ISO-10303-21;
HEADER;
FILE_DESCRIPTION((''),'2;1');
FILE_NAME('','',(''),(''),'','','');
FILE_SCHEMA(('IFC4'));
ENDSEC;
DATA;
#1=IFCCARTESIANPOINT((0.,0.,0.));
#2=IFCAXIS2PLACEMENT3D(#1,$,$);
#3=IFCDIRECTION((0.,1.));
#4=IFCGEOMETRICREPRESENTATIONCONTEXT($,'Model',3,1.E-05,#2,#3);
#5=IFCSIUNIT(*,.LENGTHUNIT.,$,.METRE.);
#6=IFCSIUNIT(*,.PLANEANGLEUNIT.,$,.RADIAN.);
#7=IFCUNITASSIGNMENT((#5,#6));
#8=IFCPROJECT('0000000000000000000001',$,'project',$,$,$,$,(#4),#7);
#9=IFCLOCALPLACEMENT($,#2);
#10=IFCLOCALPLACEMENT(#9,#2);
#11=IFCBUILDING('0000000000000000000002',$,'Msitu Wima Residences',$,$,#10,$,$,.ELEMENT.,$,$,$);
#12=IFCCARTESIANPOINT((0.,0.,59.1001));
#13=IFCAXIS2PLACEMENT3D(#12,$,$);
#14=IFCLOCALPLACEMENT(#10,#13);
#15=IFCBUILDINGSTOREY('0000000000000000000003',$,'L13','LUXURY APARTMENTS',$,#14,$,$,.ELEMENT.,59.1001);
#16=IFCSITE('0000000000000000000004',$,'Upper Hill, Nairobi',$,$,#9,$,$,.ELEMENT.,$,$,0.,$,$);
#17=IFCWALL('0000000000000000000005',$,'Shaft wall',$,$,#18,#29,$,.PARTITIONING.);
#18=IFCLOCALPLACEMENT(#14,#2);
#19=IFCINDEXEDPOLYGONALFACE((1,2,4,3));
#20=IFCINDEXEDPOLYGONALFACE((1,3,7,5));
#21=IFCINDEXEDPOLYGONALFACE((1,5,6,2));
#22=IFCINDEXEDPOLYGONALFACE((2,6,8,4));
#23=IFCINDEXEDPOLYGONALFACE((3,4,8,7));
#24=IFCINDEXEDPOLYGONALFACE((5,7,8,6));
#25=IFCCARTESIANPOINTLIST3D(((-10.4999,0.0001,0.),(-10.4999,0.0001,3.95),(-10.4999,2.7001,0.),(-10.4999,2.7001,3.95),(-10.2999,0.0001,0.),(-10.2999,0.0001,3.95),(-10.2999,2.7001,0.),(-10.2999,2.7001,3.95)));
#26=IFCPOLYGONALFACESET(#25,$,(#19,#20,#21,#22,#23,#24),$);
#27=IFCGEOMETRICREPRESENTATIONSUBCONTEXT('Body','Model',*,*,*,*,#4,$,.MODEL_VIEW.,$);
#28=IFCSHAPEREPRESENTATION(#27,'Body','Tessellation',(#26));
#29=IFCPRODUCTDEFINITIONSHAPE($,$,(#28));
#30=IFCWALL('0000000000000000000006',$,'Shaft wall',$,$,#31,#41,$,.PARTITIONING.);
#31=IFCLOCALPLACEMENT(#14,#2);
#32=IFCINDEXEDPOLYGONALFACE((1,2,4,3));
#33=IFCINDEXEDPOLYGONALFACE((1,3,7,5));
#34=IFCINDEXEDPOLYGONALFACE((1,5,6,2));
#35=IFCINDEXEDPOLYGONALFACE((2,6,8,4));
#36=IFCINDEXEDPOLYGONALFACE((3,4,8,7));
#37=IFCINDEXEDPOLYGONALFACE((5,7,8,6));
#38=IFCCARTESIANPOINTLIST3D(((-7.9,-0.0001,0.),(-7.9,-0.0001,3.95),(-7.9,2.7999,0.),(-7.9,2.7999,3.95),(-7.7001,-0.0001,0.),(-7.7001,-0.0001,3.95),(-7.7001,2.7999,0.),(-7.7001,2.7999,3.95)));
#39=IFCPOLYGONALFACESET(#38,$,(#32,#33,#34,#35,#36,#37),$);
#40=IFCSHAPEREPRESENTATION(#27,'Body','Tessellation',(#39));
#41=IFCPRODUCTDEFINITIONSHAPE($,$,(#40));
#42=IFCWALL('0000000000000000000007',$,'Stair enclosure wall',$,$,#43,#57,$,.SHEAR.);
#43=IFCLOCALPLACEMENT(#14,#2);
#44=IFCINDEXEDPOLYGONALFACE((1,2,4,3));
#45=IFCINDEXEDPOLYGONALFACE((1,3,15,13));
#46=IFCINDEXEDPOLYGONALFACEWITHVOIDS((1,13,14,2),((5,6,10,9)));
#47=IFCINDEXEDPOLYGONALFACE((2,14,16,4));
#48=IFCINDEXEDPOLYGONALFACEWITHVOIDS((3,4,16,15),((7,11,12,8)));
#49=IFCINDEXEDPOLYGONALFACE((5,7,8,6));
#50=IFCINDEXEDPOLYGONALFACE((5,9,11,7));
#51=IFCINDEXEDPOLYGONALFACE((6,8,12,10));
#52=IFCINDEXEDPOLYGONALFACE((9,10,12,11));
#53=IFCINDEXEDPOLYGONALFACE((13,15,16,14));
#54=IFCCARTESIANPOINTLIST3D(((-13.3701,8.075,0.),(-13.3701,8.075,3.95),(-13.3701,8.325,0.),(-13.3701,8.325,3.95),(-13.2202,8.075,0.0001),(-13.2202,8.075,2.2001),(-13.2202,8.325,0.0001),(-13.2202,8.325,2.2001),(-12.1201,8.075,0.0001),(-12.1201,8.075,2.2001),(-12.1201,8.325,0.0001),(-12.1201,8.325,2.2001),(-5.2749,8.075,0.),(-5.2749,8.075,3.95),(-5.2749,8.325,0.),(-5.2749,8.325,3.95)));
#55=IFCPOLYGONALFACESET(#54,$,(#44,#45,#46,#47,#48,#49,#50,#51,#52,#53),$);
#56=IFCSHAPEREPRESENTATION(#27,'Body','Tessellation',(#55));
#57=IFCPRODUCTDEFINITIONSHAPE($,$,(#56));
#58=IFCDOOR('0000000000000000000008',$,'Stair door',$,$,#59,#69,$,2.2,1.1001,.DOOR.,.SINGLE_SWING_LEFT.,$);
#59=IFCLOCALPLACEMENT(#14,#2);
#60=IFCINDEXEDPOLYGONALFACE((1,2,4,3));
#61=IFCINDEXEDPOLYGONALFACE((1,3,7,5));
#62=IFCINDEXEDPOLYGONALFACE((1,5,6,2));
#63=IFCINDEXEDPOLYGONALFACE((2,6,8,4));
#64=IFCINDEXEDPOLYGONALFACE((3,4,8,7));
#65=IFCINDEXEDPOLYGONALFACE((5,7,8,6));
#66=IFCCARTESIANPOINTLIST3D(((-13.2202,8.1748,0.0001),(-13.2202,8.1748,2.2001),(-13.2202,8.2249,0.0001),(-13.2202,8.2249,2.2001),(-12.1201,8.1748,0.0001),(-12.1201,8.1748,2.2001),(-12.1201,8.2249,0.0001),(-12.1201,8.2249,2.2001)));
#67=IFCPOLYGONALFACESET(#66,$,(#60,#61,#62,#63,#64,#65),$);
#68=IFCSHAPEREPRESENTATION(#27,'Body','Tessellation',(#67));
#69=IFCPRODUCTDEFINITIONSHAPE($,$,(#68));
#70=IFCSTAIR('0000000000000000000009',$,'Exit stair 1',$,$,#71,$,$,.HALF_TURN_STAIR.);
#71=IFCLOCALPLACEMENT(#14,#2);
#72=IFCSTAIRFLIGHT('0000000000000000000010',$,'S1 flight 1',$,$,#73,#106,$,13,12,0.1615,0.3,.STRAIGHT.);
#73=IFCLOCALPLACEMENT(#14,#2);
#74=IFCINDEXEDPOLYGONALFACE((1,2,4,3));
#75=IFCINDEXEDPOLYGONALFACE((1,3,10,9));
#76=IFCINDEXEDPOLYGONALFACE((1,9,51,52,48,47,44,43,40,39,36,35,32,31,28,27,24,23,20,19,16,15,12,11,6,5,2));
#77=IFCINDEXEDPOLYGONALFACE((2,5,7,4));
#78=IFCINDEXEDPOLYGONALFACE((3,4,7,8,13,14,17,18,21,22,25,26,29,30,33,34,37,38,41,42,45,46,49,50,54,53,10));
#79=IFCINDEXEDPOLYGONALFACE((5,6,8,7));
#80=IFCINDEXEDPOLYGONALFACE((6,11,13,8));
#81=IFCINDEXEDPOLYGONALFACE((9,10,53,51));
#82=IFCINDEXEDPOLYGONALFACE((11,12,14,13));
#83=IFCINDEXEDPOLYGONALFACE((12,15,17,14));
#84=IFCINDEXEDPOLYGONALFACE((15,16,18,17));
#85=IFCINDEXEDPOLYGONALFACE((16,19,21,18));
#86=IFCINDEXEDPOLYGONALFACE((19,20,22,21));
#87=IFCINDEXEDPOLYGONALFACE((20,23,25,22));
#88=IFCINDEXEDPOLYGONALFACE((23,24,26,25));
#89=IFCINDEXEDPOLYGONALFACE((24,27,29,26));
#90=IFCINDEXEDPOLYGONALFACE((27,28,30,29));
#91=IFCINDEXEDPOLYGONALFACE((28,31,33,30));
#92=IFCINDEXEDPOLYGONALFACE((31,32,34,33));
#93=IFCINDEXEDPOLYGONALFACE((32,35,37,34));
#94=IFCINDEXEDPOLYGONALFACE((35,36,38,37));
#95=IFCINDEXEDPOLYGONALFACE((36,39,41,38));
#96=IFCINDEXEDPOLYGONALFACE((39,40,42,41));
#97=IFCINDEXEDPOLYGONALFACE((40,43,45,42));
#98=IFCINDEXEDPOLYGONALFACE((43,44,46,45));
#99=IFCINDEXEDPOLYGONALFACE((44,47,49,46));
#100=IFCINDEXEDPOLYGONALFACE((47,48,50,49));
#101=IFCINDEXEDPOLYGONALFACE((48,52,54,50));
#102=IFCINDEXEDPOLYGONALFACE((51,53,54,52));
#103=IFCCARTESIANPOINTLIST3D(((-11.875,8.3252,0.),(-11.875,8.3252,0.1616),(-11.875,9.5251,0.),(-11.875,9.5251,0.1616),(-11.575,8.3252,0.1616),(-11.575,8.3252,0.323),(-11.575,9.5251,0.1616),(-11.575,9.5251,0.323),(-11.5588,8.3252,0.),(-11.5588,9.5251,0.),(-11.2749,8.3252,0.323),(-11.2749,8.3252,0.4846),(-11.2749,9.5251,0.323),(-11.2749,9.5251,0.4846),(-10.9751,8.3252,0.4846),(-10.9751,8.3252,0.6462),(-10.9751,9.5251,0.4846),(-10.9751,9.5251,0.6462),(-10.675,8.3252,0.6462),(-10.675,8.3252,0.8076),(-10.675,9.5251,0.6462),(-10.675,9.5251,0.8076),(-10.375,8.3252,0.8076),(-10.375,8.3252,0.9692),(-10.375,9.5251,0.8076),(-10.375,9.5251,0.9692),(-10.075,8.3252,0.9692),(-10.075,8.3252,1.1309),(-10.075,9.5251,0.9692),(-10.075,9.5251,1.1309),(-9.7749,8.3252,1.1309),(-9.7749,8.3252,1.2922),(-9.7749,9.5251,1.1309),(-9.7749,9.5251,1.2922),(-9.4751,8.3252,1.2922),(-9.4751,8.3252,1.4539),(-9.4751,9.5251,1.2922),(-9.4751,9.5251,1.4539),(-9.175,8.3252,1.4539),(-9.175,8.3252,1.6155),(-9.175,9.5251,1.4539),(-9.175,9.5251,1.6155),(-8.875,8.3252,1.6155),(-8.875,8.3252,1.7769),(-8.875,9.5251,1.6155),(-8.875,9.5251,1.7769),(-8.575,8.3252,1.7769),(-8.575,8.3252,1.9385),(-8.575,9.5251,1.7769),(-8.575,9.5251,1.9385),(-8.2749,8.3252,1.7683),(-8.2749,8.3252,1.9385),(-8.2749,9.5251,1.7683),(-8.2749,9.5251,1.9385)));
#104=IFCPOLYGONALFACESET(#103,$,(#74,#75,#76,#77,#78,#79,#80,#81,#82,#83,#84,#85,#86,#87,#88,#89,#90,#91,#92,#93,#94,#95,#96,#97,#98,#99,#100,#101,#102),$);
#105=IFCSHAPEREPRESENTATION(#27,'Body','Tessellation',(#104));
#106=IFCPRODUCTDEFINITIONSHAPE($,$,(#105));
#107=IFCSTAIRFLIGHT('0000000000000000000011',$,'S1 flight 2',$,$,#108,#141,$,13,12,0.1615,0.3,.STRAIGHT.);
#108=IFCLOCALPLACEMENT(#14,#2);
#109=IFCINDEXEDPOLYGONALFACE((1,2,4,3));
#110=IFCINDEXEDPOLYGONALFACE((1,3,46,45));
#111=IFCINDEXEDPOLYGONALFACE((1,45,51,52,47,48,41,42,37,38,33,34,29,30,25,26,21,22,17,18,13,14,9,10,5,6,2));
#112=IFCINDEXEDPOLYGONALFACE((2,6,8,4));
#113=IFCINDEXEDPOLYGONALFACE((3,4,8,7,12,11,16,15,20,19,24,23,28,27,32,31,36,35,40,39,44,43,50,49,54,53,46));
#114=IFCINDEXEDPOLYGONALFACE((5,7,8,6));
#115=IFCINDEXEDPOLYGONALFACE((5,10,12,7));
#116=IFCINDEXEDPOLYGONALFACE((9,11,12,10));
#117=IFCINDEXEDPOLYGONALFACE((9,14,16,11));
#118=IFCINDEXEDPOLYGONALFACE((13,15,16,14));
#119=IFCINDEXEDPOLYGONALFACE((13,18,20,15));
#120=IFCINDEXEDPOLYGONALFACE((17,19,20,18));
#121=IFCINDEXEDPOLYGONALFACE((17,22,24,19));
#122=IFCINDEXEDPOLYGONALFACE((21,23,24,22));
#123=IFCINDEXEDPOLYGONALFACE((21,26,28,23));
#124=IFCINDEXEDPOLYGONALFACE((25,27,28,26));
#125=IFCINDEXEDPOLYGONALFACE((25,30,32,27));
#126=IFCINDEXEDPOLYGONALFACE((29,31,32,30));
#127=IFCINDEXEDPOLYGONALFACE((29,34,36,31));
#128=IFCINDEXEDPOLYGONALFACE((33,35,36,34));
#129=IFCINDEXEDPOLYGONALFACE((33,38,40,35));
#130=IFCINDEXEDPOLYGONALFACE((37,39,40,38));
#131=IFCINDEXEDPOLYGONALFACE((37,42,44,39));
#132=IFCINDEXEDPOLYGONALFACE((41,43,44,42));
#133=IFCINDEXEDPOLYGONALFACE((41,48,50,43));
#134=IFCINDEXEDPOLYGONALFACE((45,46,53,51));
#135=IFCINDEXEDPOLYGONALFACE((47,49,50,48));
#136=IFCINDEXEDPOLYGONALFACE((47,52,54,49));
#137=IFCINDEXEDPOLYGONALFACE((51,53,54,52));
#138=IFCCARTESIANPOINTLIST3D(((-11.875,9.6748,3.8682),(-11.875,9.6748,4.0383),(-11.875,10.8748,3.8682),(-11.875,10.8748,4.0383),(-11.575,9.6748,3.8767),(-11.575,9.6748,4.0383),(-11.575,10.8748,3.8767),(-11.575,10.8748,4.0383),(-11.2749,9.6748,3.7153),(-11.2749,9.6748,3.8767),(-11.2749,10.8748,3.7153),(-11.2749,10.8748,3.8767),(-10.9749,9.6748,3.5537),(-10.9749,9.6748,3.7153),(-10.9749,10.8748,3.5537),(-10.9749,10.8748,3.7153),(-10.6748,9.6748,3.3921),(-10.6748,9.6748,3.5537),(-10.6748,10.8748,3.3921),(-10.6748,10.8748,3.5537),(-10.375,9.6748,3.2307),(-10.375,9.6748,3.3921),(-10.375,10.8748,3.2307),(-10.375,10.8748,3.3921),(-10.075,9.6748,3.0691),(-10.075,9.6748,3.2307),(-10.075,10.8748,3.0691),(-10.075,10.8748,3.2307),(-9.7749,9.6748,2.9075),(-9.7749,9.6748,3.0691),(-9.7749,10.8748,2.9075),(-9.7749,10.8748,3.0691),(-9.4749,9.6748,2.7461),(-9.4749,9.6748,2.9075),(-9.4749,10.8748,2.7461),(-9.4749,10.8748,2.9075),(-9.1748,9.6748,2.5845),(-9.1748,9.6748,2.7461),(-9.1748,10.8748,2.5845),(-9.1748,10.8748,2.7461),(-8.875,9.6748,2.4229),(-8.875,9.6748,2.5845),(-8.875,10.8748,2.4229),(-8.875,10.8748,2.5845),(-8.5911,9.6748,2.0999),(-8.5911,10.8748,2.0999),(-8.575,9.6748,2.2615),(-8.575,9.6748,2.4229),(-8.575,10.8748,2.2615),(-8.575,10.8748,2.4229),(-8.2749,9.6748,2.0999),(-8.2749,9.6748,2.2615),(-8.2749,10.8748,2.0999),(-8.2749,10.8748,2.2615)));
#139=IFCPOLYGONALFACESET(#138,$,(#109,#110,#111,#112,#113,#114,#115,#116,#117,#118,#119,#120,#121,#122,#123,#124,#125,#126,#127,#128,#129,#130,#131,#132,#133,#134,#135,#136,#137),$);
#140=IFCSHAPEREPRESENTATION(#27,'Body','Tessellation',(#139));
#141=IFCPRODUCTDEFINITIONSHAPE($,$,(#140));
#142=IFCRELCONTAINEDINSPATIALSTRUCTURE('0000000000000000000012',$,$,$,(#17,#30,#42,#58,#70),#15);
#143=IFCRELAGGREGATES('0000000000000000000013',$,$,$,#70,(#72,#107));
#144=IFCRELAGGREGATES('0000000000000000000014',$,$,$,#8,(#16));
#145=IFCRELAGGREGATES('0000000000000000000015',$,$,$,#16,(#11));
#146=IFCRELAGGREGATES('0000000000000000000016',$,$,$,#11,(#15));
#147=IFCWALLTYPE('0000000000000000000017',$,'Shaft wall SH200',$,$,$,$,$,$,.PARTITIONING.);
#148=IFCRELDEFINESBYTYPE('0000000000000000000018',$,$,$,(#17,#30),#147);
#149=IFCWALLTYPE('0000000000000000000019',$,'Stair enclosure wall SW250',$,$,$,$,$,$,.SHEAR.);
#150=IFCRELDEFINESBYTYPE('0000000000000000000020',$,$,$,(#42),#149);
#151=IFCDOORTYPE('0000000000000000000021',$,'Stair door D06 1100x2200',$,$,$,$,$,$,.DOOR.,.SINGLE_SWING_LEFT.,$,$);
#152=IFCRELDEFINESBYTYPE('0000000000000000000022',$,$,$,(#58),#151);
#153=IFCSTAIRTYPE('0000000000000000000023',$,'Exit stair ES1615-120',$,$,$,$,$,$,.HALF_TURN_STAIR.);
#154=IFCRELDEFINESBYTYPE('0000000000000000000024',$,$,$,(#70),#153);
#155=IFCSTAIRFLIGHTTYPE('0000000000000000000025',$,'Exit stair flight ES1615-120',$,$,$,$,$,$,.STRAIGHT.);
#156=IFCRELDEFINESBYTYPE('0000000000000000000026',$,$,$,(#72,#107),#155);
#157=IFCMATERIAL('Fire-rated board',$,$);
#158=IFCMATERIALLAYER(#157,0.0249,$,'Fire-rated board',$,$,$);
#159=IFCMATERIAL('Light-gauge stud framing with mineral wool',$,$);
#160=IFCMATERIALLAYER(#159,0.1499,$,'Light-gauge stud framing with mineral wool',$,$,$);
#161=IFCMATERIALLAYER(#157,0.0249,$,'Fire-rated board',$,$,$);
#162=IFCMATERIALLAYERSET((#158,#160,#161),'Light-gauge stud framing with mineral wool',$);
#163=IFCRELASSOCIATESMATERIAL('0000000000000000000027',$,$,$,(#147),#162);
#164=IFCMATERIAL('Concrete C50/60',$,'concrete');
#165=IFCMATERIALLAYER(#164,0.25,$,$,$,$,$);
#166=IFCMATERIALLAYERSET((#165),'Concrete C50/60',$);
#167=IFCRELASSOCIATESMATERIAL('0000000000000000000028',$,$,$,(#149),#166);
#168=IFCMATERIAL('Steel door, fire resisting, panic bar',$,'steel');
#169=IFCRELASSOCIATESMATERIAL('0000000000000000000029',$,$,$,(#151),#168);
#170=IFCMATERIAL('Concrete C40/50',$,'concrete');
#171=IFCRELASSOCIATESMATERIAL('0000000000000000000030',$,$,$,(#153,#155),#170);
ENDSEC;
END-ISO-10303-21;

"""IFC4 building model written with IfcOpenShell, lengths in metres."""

from ifc_helpers import new_model, si_unit, direction, frame, frame_2d, origin, place, context, subcontext, project, spatial, polyline, rectangle, outline, extrude, material, layer, layer_set, type_object, element, fill, aggregate, save


model = new_model("IFC4")

# Units and contexts
model_context = context("Model", 3, precision=1e-05, world=origin(), true_north=direction((0.0, 1.0)))
body_context = subcontext(model_context, "Body", "Model", "MODEL_VIEW")
ifc_project = project(units=[si_unit("LENGTHUNIT", "METRE"), si_unit("PLANEANGLEUNIT", "RADIAN")], contexts=[model_context])

# Site, building, storey
site_placement = place(None, origin())
site = spatial("IfcSite", under=ifc_project, at=site_placement, Name="Upper Hill, Nairobi", CompositionType="ELEMENT", RefElevation=0.0)
building_placement = place(site_placement, origin())
building = spatial("IfcBuilding", under=site, at=building_placement, Name="Msitu Wima Residences", CompositionType="ELEMENT")
storey_placement = place(building_placement, frame((0.0, 0.0, 59.1001)))
storey = spatial("IfcBuildingStorey", under=building, at=storey_placement, Name="L13", Description="LUXURY APARTMENTS", CompositionType="ELEMENT", Elevation=59.1001)

# Shared definitions
ifc_material_1 = material(Name="Concrete C40/50", Category="concrete")

# Shared definitions
ifc_material_2 = material(Name="Fire-rated board")
ifc_layer_1 = layer(ifc_material_2, 0.0249, Name="Fire-rated board")
ifc_material_3 = material(Name="Light-gauge stud framing with mineral wool")
ifc_layer_2 = layer(ifc_material_3, 0.1499, Name="Light-gauge stud framing with mineral wool")
ifc_layer_3 = layer(ifc_material_2, 0.0249, Name="Fire-rated board")
ifc_layer_set_1 = layer_set([ifc_layer_1, ifc_layer_2, ifc_layer_3], Name="Light-gauge stud framing with mineral wool")
wall_type_1 = type_object("IfcWallType", Name="Shaft wall SH200", PredefinedType="PARTITIONING", material=ifc_layer_set_1)

# Walls
wall_1_placement = place(storey_placement, frame((-10.3999, 0.0, 0.0), z_axis=(0.0, 0.0, 1.0), x_axis=(0.0, 1.0, 0.0)))
element("IfcWall", 1, at=wall_1_placement, inside=storey, type_object=wall_type_1, Name="Shaft wall", PredefinedType="PARTITIONING", context=body_context, shape_type="SweptSolid", body=[
    extrude(rectangle(XDim=2.7, YDim=0.2, at=frame_2d((1.3501, 0.0))), origin(), (0.0, 0.0, 1.0), 3.95),
])
wall_2_placement = place(storey_placement, frame((-7.8, 0.0, 0.0), z_axis=(0.0, 0.0, 1.0), x_axis=(0.0, 1.0, 0.0)))
element("IfcWall", 2, at=wall_2_placement, inside=storey, type_object=wall_type_1, Name="Shaft wall", PredefinedType="PARTITIONING", context=body_context, shape_type="SweptSolid", body=[
    extrude(rectangle(XDim=2.8, YDim=0.2, at=frame_2d((1.3999, 0.0))), origin(), (0.0, 0.0, 1.0), 3.95),
])

# Wall, opening, door
ifc_material_4 = material(Name="Concrete C50/60", Category="concrete")
ifc_layer_4 = layer(ifc_material_4, 0.25)
ifc_layer_set_2 = layer_set([ifc_layer_4], Name="Concrete C50/60")
wall_type_2 = type_object("IfcWallType", Name="Stair enclosure wall SW250", PredefinedType="SHEAR", material=ifc_layer_set_2)
wall_3_placement = place(storey_placement, frame((-13.3701, 8.2, 0.0), z_axis=(0.0, 0.0, 1.0), x_axis=(1.0, 0.0, 0.0)))
wall_3 = element("IfcWall", 3, at=wall_3_placement, inside=storey, type_object=wall_type_2, Name="Stair enclosure wall", PredefinedType="SHEAR", context=body_context, shape_type="SweptSolid", body=[
    extrude(rectangle(XDim=8.0952, YDim=0.25, at=frame_2d((4.0476, 0.0))), origin(), (0.0, 0.0, 1.0), 3.95),
])
opening_1_placement = place(wall_3_placement, frame((0.1499, 0.0, 0.0)))
opening_1 = element("IfcOpeningElement", 4, at=opening_1_placement, cuts=wall_3, PredefinedType="OPENING", context=body_context, shape_type="SweptSolid", body=[
    extrude(rectangle(XDim=1.1001, YDim=2.2, at=frame_2d((0.55, 1.1001))), frame((0.0, 0.135, 0.0), z_axis=(0.0, -1.0, 0.0), x_axis=(1.0, 0.0, 0.0)), (0.0, 0.0, 1.0), 0.27),
])
ifc_material_5 = material(Name="Steel door, fire resisting, panic bar", Category="steel")
door_type_1 = type_object("IfcDoorType", Name="Stair door D06 1100x2200", OperationType="SINGLE_SWING_LEFT", PredefinedType="DOOR", material=ifc_material_5)
door_1_placement = place(opening_1_placement, origin())
door_1 = element("IfcDoor", 5, at=door_1_placement, inside=storey, type_object=door_type_1, Name="Stair door", OperationType="SINGLE_SWING_LEFT", OverallHeight=2.2, OverallWidth=1.1001, PredefinedType="DOOR", context=body_context, shape_type="SweptSolid", body=[
    extrude(rectangle(XDim=1.1001, YDim=2.2, at=frame_2d((0.55, 1.1001))), frame((0.0, 0.0249, 0.0), z_axis=(0.0, -1.0, 0.0), x_axis=(1.0, 0.0, 0.0)), (0.0, 0.0, 1.0), 0.05),
])
fill(opening_1, door_1)

# Stair, stair flights
stair_type = type_object("IfcStairType", Name="Exit stair ES1615-120", PredefinedType="HALF_TURN_STAIR", material=ifc_material_1)
stair_placement = place(storey_placement, origin())
stair = element("IfcStair", 6, at=stair_placement, inside=storey, type_object=stair_type, Name="Exit stair 1", PredefinedType="HALF_TURN_STAIR")
stair_flight_type = type_object("IfcStairFlightType", Name="Exit stair flight ES1615-120", PredefinedType="STRAIGHT", material=ifc_material_1)
stair_flight_1_placement = place(storey_placement, frame((-11.875, 8.925, 0.0), z_axis=(0.0, 0.0, 1.0), x_axis=(1.0, 0.0, 0.0)))
stair_flight_1 = element("IfcStairFlight", 7, at=stair_flight_1_placement, type_object=stair_flight_type, Name="S1 flight 1", NumberOfRisers=13, NumberOfTreads=12, PredefinedType="STRAIGHT", RiserHeight=0.1615, TreadLength=0.3, context=body_context, shape_type="SweptSolid", body=[
    extrude(outline(polyline([(0.0, 0.0), (0.0, 0.1616), (0.3, 0.1616), (0.3, 0.323), (0.6001, 0.323), (0.6001, 0.4846), (0.8999, 0.4846), (0.8999, 0.6462), (1.2, 0.6462), (1.2, 0.8076), (1.5, 0.8076), (1.5, 0.9692), (1.8, 0.9692), (1.8, 1.1309), (2.1001, 1.1309), (2.1001, 1.2922), (2.3999, 1.2922), (2.3999, 1.4539), (2.7, 1.4539), (2.7, 1.6155), (3.0, 1.6155), (3.0, 1.7769), (3.3, 1.7769), (3.3, 1.9385), (3.6001, 1.9385), (3.6001, 2.1001), (3.6001, 1.7683), (0.3162, 0.0), (0.0, 0.0)])), frame((0.0, 0.6001, 0.0), z_axis=(0.0, -1.0, 0.0), x_axis=(1.0, 0.0, 0.0)), (0.0, 0.0, 1.0), 1.2),
])
stair_flight_2_placement = place(storey_placement, frame((-8.2749, 10.2749, 2.0999), z_axis=(0.0, 0.0, 1.0), x_axis=(-1.0, 0.0, 0.0)))
stair_flight_2 = element("IfcStairFlight", 8, at=stair_flight_2_placement, type_object=stair_flight_type, Name="S1 flight 2", NumberOfRisers=13, NumberOfTreads=12, PredefinedType="STRAIGHT", RiserHeight=0.1615, TreadLength=0.3, context=body_context, shape_type="SweptSolid", body=[
    extrude(outline(polyline([(0.0, 0.0), (0.0, 0.1616), (0.3, 0.1616), (0.3, 0.323), (0.6001, 0.323), (0.6001, 0.4846), (0.8999, 0.4846), (0.8999, 0.6462), (1.2, 0.6462), (1.2, 0.8076), (1.5, 0.8076), (1.5, 0.9692), (1.8, 0.9692), (1.8, 1.1309), (2.1001, 1.1309), (2.1001, 1.2922), (2.3999, 1.2922), (2.3999, 1.4539), (2.7, 1.4539), (2.7, 1.6155), (3.0, 1.6155), (3.0, 1.7769), (3.3, 1.7769), (3.3, 1.9385), (3.6001, 1.9385), (3.6001, 2.1001), (3.6001, 1.7683), (0.3162, 0.0), (0.0, 0.0)])), frame((0.0, 0.6001, 0.0), z_axis=(0.0, -1.0, 0.0), x_axis=(1.0, 0.0, 0.0)), (0.0, 0.0, 1.0), 1.2),
])
aggregate(stair, [stair_flight_1, stair_flight_2])

save(model, "model.ifc")
